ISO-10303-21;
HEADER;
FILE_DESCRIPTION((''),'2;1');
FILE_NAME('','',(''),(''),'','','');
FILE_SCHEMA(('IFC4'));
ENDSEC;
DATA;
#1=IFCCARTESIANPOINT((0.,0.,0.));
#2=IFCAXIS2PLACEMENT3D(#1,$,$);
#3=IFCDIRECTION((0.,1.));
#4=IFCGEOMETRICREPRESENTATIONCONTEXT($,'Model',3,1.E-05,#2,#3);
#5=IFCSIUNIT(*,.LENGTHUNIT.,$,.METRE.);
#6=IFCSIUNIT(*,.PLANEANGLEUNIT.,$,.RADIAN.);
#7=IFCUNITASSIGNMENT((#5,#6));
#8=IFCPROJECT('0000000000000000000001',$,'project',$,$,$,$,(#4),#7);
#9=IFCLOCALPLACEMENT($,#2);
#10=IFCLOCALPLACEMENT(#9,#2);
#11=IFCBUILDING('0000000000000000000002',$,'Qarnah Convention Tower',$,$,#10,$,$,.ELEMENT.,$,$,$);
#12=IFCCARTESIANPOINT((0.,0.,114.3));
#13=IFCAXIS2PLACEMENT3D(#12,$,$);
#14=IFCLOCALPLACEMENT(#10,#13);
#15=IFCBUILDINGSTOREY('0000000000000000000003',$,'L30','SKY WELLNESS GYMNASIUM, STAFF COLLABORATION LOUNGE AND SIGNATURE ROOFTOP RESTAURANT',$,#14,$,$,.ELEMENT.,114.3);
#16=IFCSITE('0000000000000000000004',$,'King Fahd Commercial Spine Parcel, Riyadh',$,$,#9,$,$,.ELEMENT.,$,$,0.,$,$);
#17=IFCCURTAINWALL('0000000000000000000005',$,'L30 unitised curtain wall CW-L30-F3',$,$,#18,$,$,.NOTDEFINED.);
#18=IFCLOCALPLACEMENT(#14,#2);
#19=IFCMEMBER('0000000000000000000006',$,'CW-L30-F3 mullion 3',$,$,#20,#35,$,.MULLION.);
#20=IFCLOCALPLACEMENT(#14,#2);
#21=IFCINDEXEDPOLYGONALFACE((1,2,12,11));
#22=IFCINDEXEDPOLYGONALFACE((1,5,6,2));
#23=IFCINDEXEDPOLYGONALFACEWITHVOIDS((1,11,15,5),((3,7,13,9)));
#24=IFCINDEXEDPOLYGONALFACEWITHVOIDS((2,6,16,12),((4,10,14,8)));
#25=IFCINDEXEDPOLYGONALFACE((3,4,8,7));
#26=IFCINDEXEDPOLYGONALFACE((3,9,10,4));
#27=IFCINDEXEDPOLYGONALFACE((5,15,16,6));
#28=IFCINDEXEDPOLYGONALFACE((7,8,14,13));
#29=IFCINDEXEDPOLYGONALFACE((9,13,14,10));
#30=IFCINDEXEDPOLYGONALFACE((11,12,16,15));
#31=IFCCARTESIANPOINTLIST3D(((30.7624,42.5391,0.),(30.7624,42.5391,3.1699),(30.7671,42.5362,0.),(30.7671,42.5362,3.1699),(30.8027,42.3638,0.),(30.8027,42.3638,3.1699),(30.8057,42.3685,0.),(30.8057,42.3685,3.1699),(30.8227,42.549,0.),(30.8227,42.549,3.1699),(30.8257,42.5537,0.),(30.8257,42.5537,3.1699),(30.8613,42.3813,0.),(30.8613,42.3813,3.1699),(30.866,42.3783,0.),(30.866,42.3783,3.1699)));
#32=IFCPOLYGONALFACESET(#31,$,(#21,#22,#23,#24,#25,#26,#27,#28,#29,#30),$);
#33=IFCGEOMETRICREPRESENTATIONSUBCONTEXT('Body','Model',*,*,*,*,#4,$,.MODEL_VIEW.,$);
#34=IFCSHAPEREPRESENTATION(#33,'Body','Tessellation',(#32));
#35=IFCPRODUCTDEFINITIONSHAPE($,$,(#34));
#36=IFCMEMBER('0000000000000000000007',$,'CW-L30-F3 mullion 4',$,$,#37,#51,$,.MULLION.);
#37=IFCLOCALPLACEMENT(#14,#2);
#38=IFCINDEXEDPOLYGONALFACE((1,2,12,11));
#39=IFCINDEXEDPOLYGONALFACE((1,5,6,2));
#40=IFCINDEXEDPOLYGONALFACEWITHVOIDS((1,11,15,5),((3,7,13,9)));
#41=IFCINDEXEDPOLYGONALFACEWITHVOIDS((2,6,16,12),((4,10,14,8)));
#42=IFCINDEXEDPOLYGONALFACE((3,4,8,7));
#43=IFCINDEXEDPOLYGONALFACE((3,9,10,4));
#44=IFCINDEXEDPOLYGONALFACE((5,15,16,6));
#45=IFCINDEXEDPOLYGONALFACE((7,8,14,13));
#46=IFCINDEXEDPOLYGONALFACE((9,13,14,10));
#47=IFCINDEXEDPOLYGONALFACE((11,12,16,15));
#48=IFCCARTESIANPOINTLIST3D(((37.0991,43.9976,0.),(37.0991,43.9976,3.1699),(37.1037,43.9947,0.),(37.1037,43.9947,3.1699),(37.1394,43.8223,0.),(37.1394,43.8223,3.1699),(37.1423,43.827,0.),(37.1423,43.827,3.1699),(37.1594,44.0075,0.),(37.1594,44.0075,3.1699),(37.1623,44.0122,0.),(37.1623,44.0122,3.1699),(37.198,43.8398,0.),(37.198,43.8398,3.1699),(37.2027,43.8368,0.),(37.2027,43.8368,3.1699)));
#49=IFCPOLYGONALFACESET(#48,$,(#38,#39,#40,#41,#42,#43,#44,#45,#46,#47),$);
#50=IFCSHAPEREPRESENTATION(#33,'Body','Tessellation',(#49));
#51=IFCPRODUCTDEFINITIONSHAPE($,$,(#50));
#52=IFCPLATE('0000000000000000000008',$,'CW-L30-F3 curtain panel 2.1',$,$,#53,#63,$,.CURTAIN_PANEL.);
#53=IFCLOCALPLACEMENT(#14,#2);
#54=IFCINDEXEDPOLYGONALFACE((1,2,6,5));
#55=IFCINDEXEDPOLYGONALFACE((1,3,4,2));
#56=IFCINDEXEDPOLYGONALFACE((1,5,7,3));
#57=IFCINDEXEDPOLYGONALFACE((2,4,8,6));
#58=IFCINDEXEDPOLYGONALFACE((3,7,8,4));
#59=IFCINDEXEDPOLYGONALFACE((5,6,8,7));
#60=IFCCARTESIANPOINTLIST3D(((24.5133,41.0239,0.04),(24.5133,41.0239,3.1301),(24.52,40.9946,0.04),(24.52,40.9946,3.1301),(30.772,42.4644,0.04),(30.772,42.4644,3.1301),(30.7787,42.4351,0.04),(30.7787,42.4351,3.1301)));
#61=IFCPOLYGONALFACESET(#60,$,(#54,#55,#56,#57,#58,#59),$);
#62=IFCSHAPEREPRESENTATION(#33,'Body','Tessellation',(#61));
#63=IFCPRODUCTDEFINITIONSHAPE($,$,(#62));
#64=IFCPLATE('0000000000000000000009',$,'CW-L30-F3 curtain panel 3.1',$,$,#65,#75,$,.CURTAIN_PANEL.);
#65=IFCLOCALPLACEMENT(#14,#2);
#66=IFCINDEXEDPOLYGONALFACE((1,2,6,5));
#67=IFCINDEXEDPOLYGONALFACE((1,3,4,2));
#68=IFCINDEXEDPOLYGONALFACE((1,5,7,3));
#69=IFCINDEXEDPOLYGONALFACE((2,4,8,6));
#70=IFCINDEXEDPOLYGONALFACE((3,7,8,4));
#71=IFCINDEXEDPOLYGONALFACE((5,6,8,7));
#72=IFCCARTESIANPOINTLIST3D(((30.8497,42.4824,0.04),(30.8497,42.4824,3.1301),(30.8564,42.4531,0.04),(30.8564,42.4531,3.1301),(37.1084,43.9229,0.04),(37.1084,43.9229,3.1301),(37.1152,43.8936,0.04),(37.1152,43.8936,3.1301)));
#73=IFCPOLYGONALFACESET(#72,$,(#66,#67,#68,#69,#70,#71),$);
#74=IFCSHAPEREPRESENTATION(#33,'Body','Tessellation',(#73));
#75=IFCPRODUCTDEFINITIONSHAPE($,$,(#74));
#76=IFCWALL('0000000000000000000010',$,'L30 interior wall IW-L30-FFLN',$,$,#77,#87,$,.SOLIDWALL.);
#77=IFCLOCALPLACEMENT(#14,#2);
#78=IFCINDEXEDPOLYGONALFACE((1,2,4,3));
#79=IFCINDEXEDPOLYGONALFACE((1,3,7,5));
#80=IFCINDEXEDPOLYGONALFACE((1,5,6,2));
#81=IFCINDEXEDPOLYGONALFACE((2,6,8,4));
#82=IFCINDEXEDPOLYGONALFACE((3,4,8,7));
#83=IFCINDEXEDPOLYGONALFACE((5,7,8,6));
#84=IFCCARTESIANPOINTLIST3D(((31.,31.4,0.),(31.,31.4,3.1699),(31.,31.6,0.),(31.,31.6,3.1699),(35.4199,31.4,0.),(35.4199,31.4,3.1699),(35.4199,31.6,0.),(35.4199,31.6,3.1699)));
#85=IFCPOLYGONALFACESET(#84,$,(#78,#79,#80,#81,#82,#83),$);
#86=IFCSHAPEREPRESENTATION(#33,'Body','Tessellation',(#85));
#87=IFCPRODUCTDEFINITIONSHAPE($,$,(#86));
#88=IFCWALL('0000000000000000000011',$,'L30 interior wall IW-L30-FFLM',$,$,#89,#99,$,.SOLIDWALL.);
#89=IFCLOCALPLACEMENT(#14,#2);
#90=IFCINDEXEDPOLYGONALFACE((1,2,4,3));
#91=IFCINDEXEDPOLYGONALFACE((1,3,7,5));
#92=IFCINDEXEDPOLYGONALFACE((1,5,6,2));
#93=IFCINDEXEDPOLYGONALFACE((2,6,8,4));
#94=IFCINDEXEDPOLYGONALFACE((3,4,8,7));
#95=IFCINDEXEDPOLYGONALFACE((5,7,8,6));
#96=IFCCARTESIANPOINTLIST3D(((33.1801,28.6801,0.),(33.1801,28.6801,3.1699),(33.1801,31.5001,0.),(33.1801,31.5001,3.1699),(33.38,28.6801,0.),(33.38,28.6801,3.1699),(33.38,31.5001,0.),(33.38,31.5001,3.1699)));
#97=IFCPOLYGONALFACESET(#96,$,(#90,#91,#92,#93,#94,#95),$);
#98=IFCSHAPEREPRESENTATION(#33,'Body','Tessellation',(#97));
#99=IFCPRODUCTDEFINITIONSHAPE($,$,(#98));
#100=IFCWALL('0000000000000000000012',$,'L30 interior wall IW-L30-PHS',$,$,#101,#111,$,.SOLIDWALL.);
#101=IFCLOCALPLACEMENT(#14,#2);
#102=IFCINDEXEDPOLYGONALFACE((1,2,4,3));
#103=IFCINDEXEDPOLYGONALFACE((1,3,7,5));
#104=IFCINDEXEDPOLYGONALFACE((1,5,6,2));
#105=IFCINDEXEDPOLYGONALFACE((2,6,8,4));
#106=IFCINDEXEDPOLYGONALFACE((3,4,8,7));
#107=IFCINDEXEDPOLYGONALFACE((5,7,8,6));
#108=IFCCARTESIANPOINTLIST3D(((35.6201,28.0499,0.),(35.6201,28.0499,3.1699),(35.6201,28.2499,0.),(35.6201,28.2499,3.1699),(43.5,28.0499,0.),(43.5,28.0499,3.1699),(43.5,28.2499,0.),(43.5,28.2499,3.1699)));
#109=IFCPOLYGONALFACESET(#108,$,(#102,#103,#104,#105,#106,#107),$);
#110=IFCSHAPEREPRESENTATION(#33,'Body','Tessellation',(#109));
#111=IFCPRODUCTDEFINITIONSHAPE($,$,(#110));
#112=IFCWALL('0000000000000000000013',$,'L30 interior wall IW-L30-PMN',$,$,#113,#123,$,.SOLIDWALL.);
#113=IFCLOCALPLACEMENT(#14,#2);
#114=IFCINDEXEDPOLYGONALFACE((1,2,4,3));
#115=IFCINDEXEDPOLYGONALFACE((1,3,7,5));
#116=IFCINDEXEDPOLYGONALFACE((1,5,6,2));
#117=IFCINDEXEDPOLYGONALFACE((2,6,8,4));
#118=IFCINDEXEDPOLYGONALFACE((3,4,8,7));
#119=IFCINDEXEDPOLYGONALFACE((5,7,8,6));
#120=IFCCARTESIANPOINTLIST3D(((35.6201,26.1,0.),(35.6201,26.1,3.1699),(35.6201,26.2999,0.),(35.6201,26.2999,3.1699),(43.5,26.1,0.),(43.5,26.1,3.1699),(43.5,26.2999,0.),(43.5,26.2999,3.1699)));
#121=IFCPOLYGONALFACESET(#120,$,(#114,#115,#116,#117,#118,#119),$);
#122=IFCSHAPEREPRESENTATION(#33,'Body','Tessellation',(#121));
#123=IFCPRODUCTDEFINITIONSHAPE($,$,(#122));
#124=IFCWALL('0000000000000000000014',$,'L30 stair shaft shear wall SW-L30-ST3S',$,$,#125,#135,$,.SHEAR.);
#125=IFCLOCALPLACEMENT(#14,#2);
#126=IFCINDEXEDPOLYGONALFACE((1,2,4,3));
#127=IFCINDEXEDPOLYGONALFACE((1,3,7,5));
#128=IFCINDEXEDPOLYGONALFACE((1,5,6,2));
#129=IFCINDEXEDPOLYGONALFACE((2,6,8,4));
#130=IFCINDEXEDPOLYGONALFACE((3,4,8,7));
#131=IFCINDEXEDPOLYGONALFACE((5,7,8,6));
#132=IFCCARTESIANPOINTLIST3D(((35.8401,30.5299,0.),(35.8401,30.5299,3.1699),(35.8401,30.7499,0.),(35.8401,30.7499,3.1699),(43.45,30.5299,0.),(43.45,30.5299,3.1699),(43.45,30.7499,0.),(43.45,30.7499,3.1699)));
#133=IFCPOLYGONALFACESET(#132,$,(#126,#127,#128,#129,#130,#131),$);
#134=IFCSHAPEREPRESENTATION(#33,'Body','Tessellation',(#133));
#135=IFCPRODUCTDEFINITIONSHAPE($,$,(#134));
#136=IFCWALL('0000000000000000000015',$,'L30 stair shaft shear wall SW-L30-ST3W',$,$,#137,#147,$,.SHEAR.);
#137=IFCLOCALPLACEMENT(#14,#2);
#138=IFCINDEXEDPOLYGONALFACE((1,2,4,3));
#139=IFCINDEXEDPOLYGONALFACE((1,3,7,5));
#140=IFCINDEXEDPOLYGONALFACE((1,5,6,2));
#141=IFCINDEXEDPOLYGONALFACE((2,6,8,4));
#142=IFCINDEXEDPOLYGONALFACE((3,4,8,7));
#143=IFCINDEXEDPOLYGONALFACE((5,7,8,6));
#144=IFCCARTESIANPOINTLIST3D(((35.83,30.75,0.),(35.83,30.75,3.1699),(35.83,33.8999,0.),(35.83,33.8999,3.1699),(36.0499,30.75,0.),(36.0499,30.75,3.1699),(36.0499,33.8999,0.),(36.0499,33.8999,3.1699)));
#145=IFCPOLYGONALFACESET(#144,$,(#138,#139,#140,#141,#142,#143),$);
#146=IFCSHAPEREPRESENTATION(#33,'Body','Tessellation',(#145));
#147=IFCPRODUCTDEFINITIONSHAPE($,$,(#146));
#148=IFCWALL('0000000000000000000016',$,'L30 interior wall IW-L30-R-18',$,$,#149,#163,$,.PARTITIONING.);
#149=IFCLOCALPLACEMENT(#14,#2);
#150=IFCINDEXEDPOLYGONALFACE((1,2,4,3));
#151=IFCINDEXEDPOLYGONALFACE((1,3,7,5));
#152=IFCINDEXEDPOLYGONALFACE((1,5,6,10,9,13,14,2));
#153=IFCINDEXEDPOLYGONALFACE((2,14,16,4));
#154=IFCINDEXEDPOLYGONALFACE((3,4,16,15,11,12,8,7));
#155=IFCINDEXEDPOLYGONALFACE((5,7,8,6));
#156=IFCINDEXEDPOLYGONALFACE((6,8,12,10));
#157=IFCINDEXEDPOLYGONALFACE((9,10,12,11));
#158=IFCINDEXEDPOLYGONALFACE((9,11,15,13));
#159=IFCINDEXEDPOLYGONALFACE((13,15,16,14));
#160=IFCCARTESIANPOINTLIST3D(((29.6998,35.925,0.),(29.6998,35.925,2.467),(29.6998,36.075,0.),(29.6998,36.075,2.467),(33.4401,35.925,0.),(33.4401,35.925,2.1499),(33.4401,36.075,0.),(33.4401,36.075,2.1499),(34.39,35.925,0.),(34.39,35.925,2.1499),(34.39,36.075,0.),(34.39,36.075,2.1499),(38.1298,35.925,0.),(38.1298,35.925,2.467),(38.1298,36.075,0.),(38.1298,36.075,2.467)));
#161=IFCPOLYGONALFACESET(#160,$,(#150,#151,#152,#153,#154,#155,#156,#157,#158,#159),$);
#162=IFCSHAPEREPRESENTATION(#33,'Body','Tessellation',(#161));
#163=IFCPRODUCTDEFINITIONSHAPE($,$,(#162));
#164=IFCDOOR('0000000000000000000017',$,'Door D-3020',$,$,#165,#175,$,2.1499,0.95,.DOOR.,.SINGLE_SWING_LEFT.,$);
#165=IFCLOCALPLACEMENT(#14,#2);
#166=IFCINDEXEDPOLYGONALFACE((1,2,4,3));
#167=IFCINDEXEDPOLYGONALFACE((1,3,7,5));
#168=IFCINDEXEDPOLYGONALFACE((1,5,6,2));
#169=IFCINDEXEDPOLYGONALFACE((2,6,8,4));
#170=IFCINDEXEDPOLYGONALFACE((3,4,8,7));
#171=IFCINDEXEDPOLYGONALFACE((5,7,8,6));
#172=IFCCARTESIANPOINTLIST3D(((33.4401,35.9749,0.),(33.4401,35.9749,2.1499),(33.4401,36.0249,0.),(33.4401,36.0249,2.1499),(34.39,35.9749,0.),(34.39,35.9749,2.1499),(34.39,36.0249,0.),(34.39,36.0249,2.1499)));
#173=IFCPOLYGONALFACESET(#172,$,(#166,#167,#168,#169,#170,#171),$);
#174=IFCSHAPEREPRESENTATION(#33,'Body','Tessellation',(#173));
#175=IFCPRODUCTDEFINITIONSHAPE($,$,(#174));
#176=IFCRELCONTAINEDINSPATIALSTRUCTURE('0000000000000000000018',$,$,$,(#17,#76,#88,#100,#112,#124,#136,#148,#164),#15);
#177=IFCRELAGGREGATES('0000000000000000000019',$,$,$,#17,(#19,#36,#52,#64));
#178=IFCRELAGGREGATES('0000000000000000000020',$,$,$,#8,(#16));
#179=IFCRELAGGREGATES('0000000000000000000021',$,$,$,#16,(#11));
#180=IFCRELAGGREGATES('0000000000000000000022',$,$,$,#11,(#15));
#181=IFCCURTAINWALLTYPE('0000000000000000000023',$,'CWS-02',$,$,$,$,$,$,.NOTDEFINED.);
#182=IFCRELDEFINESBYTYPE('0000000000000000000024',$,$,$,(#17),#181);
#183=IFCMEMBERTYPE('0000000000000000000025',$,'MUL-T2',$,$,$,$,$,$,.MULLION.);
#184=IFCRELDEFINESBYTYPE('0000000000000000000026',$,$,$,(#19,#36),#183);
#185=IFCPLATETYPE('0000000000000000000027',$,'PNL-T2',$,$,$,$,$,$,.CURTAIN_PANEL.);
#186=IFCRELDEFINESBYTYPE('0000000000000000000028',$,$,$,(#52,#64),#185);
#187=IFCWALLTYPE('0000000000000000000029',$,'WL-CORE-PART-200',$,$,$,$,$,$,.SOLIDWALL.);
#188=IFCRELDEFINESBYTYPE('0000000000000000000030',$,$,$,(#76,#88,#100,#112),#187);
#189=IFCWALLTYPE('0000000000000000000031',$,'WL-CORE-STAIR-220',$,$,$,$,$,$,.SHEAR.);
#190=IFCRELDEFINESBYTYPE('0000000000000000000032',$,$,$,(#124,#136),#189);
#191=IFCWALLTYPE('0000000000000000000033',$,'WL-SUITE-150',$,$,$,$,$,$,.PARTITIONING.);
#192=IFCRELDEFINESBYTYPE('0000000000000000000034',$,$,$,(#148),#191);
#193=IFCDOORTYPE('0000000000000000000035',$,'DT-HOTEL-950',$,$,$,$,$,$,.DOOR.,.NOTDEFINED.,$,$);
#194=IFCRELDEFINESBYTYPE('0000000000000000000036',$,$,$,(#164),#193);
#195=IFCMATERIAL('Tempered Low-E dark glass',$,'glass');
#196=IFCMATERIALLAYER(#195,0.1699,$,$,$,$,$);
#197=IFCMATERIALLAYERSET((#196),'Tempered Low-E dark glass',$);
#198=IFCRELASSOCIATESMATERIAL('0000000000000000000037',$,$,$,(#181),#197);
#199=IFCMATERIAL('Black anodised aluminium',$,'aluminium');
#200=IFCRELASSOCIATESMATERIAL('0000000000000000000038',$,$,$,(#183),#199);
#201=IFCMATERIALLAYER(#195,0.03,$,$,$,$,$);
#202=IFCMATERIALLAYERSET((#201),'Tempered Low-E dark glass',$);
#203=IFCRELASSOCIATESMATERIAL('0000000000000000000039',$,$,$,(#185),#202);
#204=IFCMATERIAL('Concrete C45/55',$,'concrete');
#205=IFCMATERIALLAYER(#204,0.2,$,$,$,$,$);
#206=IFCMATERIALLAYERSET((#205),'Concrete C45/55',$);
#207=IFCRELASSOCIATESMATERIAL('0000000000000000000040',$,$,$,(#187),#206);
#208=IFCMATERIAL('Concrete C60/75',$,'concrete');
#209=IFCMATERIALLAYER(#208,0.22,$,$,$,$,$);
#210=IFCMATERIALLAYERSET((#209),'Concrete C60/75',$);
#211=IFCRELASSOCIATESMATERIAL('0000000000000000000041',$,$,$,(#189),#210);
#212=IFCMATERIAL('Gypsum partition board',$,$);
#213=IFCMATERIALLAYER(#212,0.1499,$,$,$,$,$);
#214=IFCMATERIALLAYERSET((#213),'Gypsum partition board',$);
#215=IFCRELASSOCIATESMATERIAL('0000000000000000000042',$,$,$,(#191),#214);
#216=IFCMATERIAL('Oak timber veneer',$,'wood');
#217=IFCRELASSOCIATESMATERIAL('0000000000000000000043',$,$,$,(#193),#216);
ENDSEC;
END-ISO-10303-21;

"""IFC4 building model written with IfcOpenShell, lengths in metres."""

from ifc_helpers import new_model, si_unit, direction, frame, frame_2d, origin, origin_2d, place, context, subcontext, project, spatial, rectangle, hollow_rectangle, extrude, material, layer, layer_set, material_profile, profile_set, type_object, element, fill, aggregate, save


model = new_model("IFC4")

# Units and contexts
model_context = context("Model", 3, precision=1e-05, world=origin(), true_north=direction((0.0, 1.0)))
body_context = subcontext(model_context, "Body", "Model", "MODEL_VIEW")
ifc_project = project(units=[si_unit("LENGTHUNIT", "METRE"), si_unit("PLANEANGLEUNIT", "RADIAN")], contexts=[model_context])

# Site, building, storey
site_placement = place(None, origin())
site = spatial("IfcSite", under=ifc_project, at=site_placement, Name="King Fahd Commercial Spine Parcel, Riyadh", CompositionType="ELEMENT", RefElevation=0.0)
building_placement = place(site_placement, origin())
building = spatial("IfcBuilding", under=site, at=building_placement, Name="Qarnah Convention Tower", CompositionType="ELEMENT")
storey_placement = place(building_placement, frame((0.0, 0.0, 114.3)))
storey = spatial("IfcBuildingStorey", under=building, at=storey_placement, Name="L30", Description="SKY WELLNESS GYMNASIUM, STAFF COLLABORATION LOUNGE AND SIGNATURE ROOFTOP RESTAURANT", CompositionType="ELEMENT", Elevation=114.3)

# Shared definitions
ifc_material_1 = material(Name="Concrete C60/75", Category="concrete")

# Curtain wall, members, plates
ifc_material_2 = material(Name="Tempered Low-E dark glass", Category="glass")
ifc_layer_1 = layer(ifc_material_2, 0.1699)
ifc_layer_set_1 = layer_set([ifc_layer_1], Name="Tempered Low-E dark glass")
curtain_wall_type = type_object("IfcCurtainWallType", Name="CWS-02", PredefinedType="NOTDEFINED", material=ifc_layer_set_1)
curtain_wall_placement = place(storey_placement, origin())
curtain_wall = element("IfcCurtainWall", 1, at=curtain_wall_placement, inside=storey, type_object=curtain_wall_type, Name="L30 unitised curtain wall CW-L30-F3", PredefinedType="NOTDEFINED")
ifc_material_3 = material(Name="Black anodised aluminium", Category="aluminium")
ifc_material_profile_1 = material_profile(ifc_material_3, hollow_rectangle(XDim=0.0649, YDim=0.1799, WallThickness=0.0039, at=origin_2d()), Name="MUL-65X180")
ifc_profile_set_1 = profile_set([ifc_material_profile_1], Name="Black anodised aluminium")
member_type = type_object("IfcMemberType", Name="MUL-T2", PredefinedType="MULLION", material=ifc_profile_set_1)
member_1_placement = place(storey_placement, frame((30.8142, 42.4587, 0.0), z_axis=(0.0, 0.0, 1.0), x_axis=(0.974522, 0.224291, 0.0)))
member_1 = element("IfcMember", 2, at=member_1_placement, type_object=member_type, Name="CW-L30-F3 mullion 3", PredefinedType="MULLION", context=body_context, shape_type="SweptSolid", body=[
    extrude(hollow_rectangle(XDim=0.0649, YDim=0.1799, WallThickness=0.0039, at=origin_2d()), origin(), (0.0, 0.0, 1.0), 3.1699),
])
member_2_placement = place(storey_placement, frame((37.1509, 43.9172, 0.0), z_axis=(0.0, 0.0, 1.0), x_axis=(0.974522, 0.224291, 0.0)))
member_2 = element("IfcMember", 3, at=member_2_placement, type_object=member_type, Name="CW-L30-F3 mullion 4", PredefinedType="MULLION", context=body_context, shape_type="SweptSolid", body=[
    extrude(hollow_rectangle(XDim=0.0649, YDim=0.1799, WallThickness=0.0039, at=origin_2d()), origin(), (0.0, 0.0, 1.0), 3.1699),
])
ifc_layer_2 = layer(ifc_material_2, 0.03)
ifc_layer_set_2 = layer_set([ifc_layer_2], Name="Tempered Low-E dark glass")
plate_type = type_object("IfcPlateType", Name="PNL-T2", PredefinedType="CURTAIN_PANEL", material=ifc_layer_set_2)
plate_1_placement = place(storey_placement, frame((27.646, 41.7295, 0.04), z_axis=(0.0, 0.0, 1.0), x_axis=(0.974522, 0.224291, 0.0)))
plate_1 = element("IfcPlate", 4, at=plate_1_placement, type_object=plate_type, Name="CW-L30-F3 curtain panel 2.1", PredefinedType="CURTAIN_PANEL", context=body_context, shape_type="SweptSolid", body=[
    extrude(rectangle(XDim=6.4224, YDim=0.03, at=origin_2d()), origin(), (0.0, 0.0, 1.0), 3.0901),
])
plate_2_placement = place(storey_placement, frame((33.9824, 43.188, 0.04), z_axis=(0.0, 0.0, 1.0), x_axis=(0.974522, 0.224291, 0.0)))
plate_2 = element("IfcPlate", 5, at=plate_2_placement, type_object=plate_type, Name="CW-L30-F3 curtain panel 3.1", PredefinedType="CURTAIN_PANEL", context=body_context, shape_type="SweptSolid", body=[
    extrude(rectangle(XDim=6.4224, YDim=0.03, at=origin_2d()), origin(), (0.0, 0.0, 1.0), 3.0901),
])
aggregate(curtain_wall, [member_1, member_2, plate_1, plate_2])

# Shared definitions
ifc_material_4 = material(Name="Concrete C45/55", Category="concrete")
ifc_layer_3 = layer(ifc_material_4, 0.2)
ifc_layer_set_3 = layer_set([ifc_layer_3], Name="Concrete C45/55")
wall_type_1 = type_object("IfcWallType", Name="WL-CORE-PART-200", PredefinedType="SOLIDWALL", material=ifc_layer_set_3)

# Walls
wall_1_placement = place(storey_placement, frame((31.0, 31.5, 0.0), z_axis=(0.0, 0.0, 1.0), x_axis=(1.0, 0.0, 0.0)))
element("IfcWall", 6, at=wall_1_placement, inside=storey, type_object=wall_type_1, Name="L30 interior wall IW-L30-FFLN", PredefinedType="SOLIDWALL", context=body_context, shape_type="SweptSolid", body=[
    extrude(rectangle(XDim=4.4199, YDim=0.2, at=frame_2d((2.21, 0.0))), origin(), (0.0, 0.0, 1.0), 3.1699),
])
wall_2_placement = place(storey_placement, frame((33.28, 28.6799, 0.0), z_axis=(0.0, 0.0, 1.0), x_axis=(0.0, 1.0, 0.0)))
element("IfcWall", 7, at=wall_2_placement, inside=storey, type_object=wall_type_1, Name="L30 interior wall IW-L30-FFLM", PredefinedType="SOLIDWALL", context=body_context, shape_type="SweptSolid", body=[
    extrude(rectangle(XDim=2.8201, YDim=0.2, at=frame_2d((1.4102, 0.0))), origin(), (0.0, 0.0, 1.0), 3.1699),
])

# Walls
for number, where, z_axis, x_axis, name in (
    (8, (35.6201, 28.1499, 0.0), (0.0, 0.0, 1.0), (1.0, 0.0, 0.0), "L30 interior wall IW-L30-PHS"),
    (9, (35.6201, 26.2, 0.0), (0.0, 0.0, 1.0), (1.0, 0.0, 0.0), "L30 interior wall IW-L30-PMN"),
):
    element("IfcWall", number, at=place(storey_placement, frame(where, z_axis=z_axis, x_axis=x_axis)), inside=storey, type_object=wall_type_1, Name=name, PredefinedType="SOLIDWALL", context=body_context, shape_type="SweptSolid", body=[
        extrude(rectangle(XDim=7.8799, YDim=0.2, at=frame_2d((3.9399, 0.0))), origin(), (0.0, 0.0, 1.0), 3.1699),
    ])
ifc_layer_4 = layer(ifc_material_1, 0.22)
ifc_layer_set_4 = layer_set([ifc_layer_4], Name="Concrete C60/75")
wall_type_2 = type_object("IfcWallType", Name="WL-CORE-STAIR-220", PredefinedType="SHEAR", material=ifc_layer_set_4)
wall_3_placement = place(storey_placement, frame((35.8401, 30.6399, 0.0), z_axis=(0.0, 0.0, 1.0), x_axis=(1.0, 0.0, 0.0)))
element("IfcWall", 10, at=wall_3_placement, inside=storey, type_object=wall_type_2, Name="L30 stair shaft shear wall SW-L30-ST3S", PredefinedType="SHEAR", context=body_context, shape_type="SweptSolid", body=[
    extrude(rectangle(XDim=7.6099, YDim=0.22, at=frame_2d((3.8049, 0.0))), origin(), (0.0, 0.0, 1.0), 3.1699),
])
wall_4_placement = place(storey_placement, frame((35.9399, 30.75, 0.0), z_axis=(0.0, 0.0, 1.0), x_axis=(0.0, 1.0, 0.0)))
element("IfcWall", 11, at=wall_4_placement, inside=storey, type_object=wall_type_2, Name="L30 stair shaft shear wall SW-L30-ST3W", PredefinedType="SHEAR", context=body_context, shape_type="SweptSolid", body=[
    extrude(rectangle(XDim=3.1499, YDim=0.22, at=frame_2d((1.575, 0.0))), origin(), (0.0, 0.0, 1.0), 3.1699),
])

# Wall, opening, door
ifc_material_5 = material(Name="Gypsum partition board")
ifc_layer_5 = layer(ifc_material_5, 0.1499)
ifc_layer_set_5 = layer_set([ifc_layer_5], Name="Gypsum partition board")
wall_type_3 = type_object("IfcWallType", Name="WL-SUITE-150", PredefinedType="PARTITIONING", material=ifc_layer_set_5)
wall_5_placement = place(storey_placement, frame((29.7, 36.0, 0.0), z_axis=(0.0, 0.0, 1.0), x_axis=(1.0, 0.0, 0.0)))
wall_5 = element("IfcWall", 12, at=wall_5_placement, inside=storey, type_object=wall_type_3, Name="L30 interior wall IW-L30-R-18", PredefinedType="PARTITIONING", context=body_context, shape_type="SweptSolid", body=[
    extrude(rectangle(XDim=8.4299, YDim=0.1499, at=frame_2d((4.2148, 0.0))), origin(), (0.0, 0.0, 1.0), 2.467),
])
opening_1_placement = place(wall_5_placement, frame((3.74, 0.0, 0.0)))
opening_1 = element("IfcOpeningElement", 13, at=opening_1_placement, cuts=wall_5, PredefinedType="OPENING", context=body_context, shape_type="SweptSolid", body=[
    extrude(rectangle(XDim=0.95, YDim=2.1499, at=frame_2d((0.4751, 1.075))), frame((0.0, 0.085, 0.0), z_axis=(0.0, -1.0, 0.0), x_axis=(1.0, 0.0, 0.0)), (0.0, 0.0, 1.0), 0.1699),
])
ifc_material_6 = material(Name="Oak timber veneer", Category="wood")
door_type_1 = type_object("IfcDoorType", Name="DT-HOTEL-950", OperationType="NOTDEFINED", PredefinedType="DOOR", material=ifc_material_6)
door_1_placement = place(opening_1_placement, origin())
door_1 = element("IfcDoor", 14, at=door_1_placement, inside=storey, type_object=door_type_1, Name="Door D-3020", OperationType="SINGLE_SWING_LEFT", OverallHeight=2.1499, OverallWidth=0.95, PredefinedType="DOOR", context=body_context, shape_type="SweptSolid", body=[
    extrude(rectangle(XDim=0.95, YDim=2.1499, at=frame_2d((0.4751, 1.075))), frame((0.0, 0.0249, 0.0), z_axis=(0.0, -1.0, 0.0), x_axis=(1.0, 0.0, 0.0)), (0.0, 0.0, 1.0), 0.05),
])
fill(opening_1, door_1)

save(model, "model.ifc")
